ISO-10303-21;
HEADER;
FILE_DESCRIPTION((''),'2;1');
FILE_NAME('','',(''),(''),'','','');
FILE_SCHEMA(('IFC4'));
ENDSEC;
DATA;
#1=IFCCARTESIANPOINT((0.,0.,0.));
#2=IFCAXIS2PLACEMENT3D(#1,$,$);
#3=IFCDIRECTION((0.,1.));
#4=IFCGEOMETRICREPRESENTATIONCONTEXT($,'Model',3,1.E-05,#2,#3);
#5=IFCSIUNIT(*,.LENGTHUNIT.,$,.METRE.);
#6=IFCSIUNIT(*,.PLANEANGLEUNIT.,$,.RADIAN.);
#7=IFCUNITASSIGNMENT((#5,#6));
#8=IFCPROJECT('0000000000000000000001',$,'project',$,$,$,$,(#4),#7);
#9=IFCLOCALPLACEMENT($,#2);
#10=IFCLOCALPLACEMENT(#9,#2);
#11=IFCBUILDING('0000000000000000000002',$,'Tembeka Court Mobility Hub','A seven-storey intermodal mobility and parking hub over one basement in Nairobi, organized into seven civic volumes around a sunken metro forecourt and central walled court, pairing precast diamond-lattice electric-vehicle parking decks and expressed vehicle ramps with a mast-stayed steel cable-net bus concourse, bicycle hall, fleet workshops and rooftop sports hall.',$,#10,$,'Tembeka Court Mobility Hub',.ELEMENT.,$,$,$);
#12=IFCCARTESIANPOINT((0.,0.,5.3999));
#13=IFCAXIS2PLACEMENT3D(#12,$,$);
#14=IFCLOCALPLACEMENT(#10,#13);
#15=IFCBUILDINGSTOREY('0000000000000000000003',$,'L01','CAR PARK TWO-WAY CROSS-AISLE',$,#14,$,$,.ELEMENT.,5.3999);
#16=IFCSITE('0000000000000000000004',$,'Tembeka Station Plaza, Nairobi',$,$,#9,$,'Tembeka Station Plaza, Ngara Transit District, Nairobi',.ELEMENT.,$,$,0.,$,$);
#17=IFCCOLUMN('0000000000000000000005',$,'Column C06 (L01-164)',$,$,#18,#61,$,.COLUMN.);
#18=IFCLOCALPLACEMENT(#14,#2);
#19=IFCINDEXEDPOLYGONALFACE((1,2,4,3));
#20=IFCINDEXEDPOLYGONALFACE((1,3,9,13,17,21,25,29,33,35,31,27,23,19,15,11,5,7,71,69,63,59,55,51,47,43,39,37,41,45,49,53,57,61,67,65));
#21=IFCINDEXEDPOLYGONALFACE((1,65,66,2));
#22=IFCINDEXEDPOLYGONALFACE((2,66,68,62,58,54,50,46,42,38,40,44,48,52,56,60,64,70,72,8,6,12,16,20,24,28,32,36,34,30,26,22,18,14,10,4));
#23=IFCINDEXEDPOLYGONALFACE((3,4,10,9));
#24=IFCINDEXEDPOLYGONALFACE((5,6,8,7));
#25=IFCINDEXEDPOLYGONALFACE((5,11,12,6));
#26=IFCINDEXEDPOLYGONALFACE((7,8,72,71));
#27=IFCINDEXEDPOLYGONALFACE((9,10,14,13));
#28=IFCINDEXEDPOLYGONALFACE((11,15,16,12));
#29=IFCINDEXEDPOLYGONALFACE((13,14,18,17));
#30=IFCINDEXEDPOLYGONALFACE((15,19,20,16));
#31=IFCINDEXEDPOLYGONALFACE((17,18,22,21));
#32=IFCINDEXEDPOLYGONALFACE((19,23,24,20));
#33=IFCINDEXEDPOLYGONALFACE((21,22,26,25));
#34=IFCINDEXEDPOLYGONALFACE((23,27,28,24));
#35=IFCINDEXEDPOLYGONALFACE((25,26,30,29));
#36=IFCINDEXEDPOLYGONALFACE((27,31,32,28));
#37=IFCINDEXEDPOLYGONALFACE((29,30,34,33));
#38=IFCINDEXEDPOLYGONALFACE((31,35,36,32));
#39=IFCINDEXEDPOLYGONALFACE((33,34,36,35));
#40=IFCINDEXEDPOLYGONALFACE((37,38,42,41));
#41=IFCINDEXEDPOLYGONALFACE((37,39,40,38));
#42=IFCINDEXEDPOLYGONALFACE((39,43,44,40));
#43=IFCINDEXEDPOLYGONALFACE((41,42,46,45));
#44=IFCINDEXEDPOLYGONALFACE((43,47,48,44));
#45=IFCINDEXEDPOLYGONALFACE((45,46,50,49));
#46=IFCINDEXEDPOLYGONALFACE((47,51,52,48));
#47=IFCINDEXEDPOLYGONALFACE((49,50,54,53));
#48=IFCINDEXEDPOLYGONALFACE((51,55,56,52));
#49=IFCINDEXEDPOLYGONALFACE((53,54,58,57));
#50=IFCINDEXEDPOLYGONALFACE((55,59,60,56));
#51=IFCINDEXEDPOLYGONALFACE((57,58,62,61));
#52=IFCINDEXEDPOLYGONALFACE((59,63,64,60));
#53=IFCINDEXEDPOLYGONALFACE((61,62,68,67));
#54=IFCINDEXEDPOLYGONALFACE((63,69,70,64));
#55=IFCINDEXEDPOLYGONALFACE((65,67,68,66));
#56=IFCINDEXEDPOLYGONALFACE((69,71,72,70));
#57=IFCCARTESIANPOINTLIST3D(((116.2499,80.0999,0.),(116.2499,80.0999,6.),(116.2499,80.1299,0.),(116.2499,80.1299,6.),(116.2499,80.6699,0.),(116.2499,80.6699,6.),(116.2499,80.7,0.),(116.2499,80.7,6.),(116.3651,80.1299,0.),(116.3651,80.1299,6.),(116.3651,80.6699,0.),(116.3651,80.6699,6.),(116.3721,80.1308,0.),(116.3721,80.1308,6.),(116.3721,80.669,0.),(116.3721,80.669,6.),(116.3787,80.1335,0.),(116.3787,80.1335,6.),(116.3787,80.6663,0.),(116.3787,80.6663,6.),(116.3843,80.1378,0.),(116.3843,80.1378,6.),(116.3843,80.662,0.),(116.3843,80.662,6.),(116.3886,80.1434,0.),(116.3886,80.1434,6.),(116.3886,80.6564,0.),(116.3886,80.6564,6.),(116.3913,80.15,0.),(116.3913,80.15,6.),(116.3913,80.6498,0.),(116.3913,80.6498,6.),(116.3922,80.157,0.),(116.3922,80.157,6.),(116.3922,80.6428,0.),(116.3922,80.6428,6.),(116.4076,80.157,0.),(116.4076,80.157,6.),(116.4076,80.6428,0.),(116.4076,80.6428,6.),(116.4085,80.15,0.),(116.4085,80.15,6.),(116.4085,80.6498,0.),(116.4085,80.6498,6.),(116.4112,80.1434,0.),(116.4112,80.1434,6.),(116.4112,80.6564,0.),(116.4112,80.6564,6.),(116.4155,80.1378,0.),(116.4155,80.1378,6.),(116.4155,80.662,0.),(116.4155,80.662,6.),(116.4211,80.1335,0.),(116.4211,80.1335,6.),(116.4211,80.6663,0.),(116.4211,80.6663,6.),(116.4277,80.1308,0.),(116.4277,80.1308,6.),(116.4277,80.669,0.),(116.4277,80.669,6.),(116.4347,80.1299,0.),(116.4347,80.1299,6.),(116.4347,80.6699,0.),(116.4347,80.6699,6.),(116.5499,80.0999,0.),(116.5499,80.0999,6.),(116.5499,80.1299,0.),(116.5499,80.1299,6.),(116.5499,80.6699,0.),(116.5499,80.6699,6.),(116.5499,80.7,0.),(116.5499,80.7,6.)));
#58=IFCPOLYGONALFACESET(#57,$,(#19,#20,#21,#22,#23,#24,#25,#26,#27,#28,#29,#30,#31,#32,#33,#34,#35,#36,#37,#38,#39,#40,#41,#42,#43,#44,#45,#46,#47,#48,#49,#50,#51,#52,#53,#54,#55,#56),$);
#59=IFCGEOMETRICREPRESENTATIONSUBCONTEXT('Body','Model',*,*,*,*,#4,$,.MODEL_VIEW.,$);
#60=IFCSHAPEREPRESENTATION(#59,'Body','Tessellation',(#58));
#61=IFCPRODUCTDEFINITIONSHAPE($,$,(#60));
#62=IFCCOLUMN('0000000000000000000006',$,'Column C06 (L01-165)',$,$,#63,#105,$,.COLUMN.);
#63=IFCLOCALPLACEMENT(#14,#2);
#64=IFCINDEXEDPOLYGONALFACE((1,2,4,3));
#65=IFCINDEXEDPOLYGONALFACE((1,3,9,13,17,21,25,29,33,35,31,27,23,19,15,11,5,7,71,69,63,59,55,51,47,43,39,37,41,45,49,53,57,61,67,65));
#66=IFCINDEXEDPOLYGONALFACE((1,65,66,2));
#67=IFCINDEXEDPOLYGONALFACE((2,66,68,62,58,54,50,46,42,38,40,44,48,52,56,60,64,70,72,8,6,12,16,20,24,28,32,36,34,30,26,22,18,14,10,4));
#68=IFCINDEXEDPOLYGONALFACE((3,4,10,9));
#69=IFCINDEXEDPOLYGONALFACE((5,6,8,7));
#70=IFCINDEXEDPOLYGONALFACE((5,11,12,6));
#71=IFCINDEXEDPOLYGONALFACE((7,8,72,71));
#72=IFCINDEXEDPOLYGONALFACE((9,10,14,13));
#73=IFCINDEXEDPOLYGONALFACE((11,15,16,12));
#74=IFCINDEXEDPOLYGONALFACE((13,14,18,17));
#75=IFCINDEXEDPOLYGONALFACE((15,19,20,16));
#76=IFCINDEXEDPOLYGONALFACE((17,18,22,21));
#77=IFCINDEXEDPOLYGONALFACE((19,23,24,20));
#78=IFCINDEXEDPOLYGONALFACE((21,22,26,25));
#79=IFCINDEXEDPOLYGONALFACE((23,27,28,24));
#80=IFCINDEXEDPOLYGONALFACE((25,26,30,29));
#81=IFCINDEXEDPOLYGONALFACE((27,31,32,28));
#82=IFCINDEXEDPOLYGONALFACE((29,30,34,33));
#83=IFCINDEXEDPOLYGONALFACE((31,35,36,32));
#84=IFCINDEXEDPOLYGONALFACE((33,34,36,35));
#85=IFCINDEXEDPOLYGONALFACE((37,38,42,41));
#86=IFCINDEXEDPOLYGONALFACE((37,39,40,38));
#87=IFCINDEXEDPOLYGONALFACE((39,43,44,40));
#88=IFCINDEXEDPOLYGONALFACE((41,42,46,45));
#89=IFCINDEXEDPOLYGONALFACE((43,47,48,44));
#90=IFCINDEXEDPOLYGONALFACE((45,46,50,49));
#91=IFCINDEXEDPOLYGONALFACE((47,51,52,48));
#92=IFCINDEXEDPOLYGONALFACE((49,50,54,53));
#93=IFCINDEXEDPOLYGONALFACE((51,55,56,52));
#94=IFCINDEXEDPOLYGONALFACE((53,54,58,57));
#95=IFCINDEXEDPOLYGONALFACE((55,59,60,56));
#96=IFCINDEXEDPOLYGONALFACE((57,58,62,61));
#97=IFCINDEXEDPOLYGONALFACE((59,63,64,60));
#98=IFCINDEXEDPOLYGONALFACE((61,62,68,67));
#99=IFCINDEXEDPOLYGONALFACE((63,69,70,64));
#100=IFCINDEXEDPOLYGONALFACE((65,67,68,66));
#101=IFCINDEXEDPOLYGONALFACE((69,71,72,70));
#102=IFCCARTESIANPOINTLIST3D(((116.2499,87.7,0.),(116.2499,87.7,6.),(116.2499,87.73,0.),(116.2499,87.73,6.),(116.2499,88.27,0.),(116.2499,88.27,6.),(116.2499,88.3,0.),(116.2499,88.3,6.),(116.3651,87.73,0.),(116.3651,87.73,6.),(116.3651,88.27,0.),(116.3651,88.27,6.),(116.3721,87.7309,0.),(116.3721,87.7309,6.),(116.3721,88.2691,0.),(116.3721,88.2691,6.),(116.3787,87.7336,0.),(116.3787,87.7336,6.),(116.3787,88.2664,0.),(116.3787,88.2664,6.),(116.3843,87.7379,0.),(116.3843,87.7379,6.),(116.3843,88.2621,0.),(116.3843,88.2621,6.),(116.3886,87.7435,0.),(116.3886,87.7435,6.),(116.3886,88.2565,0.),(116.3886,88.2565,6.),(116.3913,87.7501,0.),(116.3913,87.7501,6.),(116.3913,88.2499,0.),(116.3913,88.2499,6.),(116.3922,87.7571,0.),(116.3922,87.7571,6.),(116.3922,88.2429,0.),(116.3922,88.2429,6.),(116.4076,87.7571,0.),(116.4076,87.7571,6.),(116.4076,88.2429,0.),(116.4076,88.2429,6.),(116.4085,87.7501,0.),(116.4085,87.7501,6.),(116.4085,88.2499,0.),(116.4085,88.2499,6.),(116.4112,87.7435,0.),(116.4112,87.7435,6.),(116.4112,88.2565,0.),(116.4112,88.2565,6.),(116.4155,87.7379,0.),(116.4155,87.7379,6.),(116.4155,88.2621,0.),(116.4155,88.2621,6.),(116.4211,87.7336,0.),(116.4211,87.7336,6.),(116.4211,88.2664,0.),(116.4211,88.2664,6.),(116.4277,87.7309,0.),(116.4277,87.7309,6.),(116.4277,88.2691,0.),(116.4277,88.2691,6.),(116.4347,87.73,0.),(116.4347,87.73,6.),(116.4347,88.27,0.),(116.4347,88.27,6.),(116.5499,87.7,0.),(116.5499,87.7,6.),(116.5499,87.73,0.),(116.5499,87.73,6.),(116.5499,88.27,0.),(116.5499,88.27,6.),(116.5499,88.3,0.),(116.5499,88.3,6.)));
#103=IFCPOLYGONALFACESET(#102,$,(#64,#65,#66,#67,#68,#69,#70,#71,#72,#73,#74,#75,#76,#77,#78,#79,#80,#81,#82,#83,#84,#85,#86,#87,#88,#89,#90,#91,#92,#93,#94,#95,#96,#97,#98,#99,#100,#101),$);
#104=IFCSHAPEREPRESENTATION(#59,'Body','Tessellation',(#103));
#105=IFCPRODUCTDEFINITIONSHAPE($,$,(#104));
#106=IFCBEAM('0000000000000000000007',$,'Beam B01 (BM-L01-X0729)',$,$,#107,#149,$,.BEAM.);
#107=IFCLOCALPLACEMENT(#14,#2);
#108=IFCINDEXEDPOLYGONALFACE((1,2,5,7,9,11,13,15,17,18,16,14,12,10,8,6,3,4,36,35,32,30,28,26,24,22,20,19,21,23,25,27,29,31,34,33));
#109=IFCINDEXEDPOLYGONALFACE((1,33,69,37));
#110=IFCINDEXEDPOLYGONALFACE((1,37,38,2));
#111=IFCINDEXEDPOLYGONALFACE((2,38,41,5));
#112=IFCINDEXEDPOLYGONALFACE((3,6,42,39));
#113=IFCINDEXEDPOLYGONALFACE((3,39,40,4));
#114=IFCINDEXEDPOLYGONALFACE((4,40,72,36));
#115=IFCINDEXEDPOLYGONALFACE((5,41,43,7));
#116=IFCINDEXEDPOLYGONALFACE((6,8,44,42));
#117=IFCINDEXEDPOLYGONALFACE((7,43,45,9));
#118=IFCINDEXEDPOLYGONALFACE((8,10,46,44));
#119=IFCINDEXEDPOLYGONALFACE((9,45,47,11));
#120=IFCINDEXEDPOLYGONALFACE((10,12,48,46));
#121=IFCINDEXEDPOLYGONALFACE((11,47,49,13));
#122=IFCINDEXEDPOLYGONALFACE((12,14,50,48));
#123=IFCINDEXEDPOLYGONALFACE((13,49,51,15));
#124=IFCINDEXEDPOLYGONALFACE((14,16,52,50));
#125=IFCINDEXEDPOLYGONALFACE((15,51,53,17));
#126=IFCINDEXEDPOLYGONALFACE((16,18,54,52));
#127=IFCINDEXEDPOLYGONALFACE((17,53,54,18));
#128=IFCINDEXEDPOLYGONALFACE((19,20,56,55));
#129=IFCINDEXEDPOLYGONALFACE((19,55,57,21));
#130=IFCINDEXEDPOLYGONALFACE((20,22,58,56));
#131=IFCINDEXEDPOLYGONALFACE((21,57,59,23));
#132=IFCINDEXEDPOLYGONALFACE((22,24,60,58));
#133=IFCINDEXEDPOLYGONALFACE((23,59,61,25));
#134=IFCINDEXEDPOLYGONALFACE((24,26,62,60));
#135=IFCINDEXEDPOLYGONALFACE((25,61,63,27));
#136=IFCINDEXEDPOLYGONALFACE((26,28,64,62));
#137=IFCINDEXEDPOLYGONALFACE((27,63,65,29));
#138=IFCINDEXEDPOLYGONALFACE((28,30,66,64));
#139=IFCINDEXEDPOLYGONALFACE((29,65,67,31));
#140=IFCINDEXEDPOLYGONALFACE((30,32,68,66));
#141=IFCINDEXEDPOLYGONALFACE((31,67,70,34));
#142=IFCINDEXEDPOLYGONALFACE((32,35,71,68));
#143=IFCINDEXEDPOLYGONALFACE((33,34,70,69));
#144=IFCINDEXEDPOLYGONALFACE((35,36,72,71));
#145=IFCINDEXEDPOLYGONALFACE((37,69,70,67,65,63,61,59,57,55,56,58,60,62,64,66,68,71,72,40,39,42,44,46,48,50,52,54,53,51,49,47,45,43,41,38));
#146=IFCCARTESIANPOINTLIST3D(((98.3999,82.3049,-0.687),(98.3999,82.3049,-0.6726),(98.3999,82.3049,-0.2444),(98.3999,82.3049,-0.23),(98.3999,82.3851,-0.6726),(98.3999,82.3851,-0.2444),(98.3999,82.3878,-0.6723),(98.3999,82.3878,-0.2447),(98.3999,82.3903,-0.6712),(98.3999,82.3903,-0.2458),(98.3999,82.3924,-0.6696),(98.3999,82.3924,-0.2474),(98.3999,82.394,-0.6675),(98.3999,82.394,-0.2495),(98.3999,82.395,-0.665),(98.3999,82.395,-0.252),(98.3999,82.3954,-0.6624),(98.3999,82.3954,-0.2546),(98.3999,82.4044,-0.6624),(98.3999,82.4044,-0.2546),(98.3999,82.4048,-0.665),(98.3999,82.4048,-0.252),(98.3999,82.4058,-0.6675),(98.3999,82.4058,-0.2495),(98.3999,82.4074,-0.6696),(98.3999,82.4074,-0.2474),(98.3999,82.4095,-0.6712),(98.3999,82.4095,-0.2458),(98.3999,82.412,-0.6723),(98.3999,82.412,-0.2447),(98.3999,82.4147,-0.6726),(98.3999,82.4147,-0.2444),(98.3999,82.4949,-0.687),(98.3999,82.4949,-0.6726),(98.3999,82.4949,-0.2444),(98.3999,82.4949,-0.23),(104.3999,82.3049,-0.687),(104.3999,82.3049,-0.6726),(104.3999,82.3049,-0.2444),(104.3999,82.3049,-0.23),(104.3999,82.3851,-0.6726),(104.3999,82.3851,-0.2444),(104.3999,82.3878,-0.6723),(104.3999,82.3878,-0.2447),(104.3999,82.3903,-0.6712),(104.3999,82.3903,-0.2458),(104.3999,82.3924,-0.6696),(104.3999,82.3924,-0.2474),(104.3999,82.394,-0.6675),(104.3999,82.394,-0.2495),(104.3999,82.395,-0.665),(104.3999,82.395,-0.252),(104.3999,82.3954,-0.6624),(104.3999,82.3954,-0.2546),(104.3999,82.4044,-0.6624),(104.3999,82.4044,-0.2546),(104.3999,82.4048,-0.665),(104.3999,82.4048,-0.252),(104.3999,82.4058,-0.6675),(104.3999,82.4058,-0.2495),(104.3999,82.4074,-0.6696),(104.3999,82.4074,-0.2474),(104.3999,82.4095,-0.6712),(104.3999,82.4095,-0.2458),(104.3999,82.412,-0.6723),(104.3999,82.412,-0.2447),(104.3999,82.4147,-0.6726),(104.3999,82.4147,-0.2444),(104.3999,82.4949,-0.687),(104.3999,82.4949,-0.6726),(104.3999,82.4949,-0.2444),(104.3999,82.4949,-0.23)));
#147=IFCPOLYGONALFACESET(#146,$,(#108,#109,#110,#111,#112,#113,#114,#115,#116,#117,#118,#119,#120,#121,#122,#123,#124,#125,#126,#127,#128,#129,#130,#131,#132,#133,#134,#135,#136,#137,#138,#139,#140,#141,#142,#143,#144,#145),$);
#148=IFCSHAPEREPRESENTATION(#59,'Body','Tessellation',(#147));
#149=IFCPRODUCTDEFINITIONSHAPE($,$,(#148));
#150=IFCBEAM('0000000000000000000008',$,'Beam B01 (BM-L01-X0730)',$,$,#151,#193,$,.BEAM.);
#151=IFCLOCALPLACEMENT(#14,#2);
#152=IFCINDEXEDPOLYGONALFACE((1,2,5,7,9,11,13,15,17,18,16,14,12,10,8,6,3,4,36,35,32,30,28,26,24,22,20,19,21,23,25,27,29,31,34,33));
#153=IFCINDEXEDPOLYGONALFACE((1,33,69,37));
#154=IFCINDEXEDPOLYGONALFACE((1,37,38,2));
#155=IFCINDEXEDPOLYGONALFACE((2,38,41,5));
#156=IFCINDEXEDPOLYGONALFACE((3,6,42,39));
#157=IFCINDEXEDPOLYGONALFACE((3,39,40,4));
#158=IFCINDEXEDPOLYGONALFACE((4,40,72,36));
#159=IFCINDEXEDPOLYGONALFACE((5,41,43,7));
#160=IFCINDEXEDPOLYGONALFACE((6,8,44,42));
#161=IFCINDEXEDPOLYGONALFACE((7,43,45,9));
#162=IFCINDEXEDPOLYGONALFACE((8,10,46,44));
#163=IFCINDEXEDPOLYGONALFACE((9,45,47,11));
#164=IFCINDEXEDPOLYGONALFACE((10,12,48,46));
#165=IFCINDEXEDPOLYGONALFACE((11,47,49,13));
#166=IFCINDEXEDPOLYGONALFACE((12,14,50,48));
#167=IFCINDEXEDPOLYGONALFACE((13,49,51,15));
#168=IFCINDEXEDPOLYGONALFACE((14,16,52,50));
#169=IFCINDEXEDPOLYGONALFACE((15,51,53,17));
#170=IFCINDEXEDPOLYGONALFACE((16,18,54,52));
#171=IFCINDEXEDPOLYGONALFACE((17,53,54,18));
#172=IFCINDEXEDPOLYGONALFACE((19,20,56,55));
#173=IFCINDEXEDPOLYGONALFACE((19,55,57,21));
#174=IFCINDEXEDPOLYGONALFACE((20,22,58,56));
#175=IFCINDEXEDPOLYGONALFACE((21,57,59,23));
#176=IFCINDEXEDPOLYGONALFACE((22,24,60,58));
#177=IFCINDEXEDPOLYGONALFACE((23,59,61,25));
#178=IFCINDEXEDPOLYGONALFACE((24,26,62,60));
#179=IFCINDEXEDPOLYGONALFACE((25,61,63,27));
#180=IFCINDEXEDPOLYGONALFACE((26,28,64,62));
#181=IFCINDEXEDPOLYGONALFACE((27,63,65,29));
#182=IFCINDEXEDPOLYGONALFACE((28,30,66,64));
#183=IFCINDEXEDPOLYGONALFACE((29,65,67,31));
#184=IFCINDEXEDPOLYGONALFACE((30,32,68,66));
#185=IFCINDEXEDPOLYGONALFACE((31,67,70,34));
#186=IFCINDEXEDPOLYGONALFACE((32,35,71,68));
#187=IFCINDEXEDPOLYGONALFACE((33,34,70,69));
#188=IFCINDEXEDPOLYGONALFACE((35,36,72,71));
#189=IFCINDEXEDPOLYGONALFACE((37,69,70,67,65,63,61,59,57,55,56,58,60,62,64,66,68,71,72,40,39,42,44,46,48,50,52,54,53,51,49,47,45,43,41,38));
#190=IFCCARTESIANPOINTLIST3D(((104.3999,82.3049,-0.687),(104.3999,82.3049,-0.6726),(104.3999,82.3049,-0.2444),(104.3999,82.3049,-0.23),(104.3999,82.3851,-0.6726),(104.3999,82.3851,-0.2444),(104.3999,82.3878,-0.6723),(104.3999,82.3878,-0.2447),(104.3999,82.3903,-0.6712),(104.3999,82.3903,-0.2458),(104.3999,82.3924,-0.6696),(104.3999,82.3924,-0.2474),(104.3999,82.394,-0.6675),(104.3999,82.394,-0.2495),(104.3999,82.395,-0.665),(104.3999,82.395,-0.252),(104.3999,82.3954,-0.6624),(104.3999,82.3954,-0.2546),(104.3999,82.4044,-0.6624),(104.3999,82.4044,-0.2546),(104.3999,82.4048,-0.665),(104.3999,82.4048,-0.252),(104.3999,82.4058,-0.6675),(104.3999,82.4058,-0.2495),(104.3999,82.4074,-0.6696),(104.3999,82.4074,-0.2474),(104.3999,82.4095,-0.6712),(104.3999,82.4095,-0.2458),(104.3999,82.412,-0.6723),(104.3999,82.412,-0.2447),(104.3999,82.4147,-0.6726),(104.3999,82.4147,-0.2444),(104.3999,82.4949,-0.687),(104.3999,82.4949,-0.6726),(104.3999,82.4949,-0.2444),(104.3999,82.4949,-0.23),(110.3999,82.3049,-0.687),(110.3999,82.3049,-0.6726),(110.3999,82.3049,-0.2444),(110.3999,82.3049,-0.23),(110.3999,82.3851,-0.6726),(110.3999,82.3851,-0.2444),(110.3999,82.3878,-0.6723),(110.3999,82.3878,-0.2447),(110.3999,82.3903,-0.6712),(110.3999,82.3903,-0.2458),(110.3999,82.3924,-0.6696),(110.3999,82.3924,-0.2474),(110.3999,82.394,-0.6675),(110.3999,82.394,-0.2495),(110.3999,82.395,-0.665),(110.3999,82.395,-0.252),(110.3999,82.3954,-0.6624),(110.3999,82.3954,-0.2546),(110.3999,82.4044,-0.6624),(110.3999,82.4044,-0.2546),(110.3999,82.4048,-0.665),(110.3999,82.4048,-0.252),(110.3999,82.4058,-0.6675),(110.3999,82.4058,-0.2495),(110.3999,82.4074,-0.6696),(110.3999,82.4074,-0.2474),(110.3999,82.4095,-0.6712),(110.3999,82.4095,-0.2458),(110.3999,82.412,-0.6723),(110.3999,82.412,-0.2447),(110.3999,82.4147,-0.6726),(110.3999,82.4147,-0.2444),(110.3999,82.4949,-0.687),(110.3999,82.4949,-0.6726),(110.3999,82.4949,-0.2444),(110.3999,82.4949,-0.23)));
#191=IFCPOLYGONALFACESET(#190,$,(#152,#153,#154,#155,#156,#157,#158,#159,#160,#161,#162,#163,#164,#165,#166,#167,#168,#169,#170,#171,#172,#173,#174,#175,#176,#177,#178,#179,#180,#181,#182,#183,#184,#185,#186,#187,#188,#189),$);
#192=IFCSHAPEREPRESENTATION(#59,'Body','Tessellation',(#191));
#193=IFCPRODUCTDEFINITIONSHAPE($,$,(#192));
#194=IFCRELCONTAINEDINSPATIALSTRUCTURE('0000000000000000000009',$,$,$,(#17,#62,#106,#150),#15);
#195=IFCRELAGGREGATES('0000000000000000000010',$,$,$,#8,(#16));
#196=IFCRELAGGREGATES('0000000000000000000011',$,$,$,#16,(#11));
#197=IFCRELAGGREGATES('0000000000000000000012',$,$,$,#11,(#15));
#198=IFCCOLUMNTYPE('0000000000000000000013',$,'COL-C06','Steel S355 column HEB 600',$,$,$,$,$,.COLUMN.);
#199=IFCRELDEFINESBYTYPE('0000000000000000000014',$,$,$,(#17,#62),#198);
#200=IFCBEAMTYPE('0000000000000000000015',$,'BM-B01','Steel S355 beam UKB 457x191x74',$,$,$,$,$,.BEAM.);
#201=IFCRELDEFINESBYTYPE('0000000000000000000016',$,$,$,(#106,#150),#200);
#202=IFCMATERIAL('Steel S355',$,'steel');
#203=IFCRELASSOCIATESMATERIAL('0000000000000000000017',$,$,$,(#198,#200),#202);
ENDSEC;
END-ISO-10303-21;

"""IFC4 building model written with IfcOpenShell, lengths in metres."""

from ifc_helpers import new_model, si_unit, direction, frame, origin, origin_2d, place, context, subcontext, project, spatial, i_section, extrude, material, material_profile, profile_set, type_object, element, save


model = new_model("IFC4")

# Units and contexts
model_context = context("Model", 3, precision=1e-05, world=origin(), true_north=direction((0.0, 1.0)))
body_context = subcontext(model_context, "Body", "Model", "MODEL_VIEW")
ifc_project = project(units=[si_unit("LENGTHUNIT", "METRE"), si_unit("PLANEANGLEUNIT", "RADIAN")], contexts=[model_context])

# Site, building, storey
site_placement = place(None, origin())
site = spatial("IfcSite", under=ifc_project, at=site_placement, Name="Tembeka Station Plaza, Nairobi", LongName="Tembeka Station Plaza, Ngara Transit District, Nairobi", CompositionType="ELEMENT", RefElevation=0.0)
building_placement = place(site_placement, origin())
building = spatial("IfcBuilding", under=site, at=building_placement, Name="Tembeka Court Mobility Hub", Description="A seven-storey intermodal mobility and parking hub over one basement in Nairobi, organized into seven civic volumes around a sunken metro forecourt and central walled court, pairing precast diamond-lattice electric-vehicle parking decks and expressed vehicle ramps with a mast-stayed steel cable-net bus concourse, bicycle hall, fleet workshops and rooftop sports hall.", LongName="Tembeka Court Mobility Hub", CompositionType="ELEMENT")
storey_placement = place(building_placement, frame((0.0, 0.0, 5.3999)))
storey = spatial("IfcBuildingStorey", under=building, at=storey_placement, Name="L01", Description="CAR PARK TWO-WAY CROSS-AISLE", CompositionType="ELEMENT", Elevation=5.3999)

# Columns
ifc_material_1 = material(Name="Steel S355", Category="steel")
ifc_material_profile_1 = material_profile(ifc_material_1, i_section(OverallWidth=0.3, OverallDepth=0.6001, WebThickness=0.0154, FlangeThickness=0.03, FilletRadius=0.0271, at=origin_2d()), Name="HEB 600")
ifc_profile_set_1 = profile_set([ifc_material_profile_1], Name="Steel S355")
column_type = type_object("IfcColumnType", Name="COL-C06", Description="Steel S355 column HEB 600", PredefinedType="COLUMN", material=ifc_profile_set_1)
for number, where, z_axis, x_axis, name in (
    (1, (116.3999, 80.3999, 0.0), (0.0, 0.0, 1.0), (1.0, 0.0, 0.0), "Column C06 (L01-164)"),
    (2, (116.3999, 88.0, 0.0), (0.0, 0.0, 1.0), (1.0, 0.0, 0.0), "Column C06 (L01-165)"),
):
    element("IfcColumn", number, at=place(storey_placement, frame(where, z_axis=z_axis, x_axis=x_axis)), inside=storey, type_object=column_type, Name=name, PredefinedType="COLUMN", context=body_context, shape_type="SweptSolid", body=[
        extrude(i_section(OverallWidth=0.3, OverallDepth=0.6001, WebThickness=0.0154, FlangeThickness=0.03, FilletRadius=0.0271, at=origin_2d()), origin(), (0.0, 0.0, 1.0), 6.0),
    ])

# Beams
ifc_material_profile_2 = material_profile(ifc_material_1, i_section(OverallWidth=0.1899, OverallDepth=0.457, WebThickness=0.009, FlangeThickness=0.0144, FilletRadius=0.0103, at=origin_2d()), Name="UKB 457x191x74")
ifc_profile_set_2 = profile_set([ifc_material_profile_2], Name="Steel S355")
beam_type_1 = type_object("IfcBeamType", Name="BM-B01", Description="Steel S355 beam UKB 457x191x74", PredefinedType="BEAM", material=ifc_profile_set_2)
for number, where, z_axis, x_axis, name in (
    (3, (98.3999, 82.3999, -0.4585), (1.0, 0.0, 0.0), (0.0, 1.0, 0.0), "Beam B01 (BM-L01-X0729)"),
    (4, (104.3999, 82.3999, -0.4585), (1.0, 0.0, 0.0), (0.0, 1.0, 0.0), "Beam B01 (BM-L01-X0730)"),
):
    element("IfcBeam", number, at=place(storey_placement, frame(where, z_axis=z_axis, x_axis=x_axis)), inside=storey, type_object=beam_type_1, Name=name, PredefinedType="BEAM", context=body_context, shape_type="SweptSolid", body=[
        extrude(i_section(OverallWidth=0.1899, OverallDepth=0.457, WebThickness=0.009, FlangeThickness=0.0144, FilletRadius=0.0103, at=origin_2d()), origin(), (0.0, 0.0, 1.0), 6.0),
    ])

save(model, "model.ifc")
